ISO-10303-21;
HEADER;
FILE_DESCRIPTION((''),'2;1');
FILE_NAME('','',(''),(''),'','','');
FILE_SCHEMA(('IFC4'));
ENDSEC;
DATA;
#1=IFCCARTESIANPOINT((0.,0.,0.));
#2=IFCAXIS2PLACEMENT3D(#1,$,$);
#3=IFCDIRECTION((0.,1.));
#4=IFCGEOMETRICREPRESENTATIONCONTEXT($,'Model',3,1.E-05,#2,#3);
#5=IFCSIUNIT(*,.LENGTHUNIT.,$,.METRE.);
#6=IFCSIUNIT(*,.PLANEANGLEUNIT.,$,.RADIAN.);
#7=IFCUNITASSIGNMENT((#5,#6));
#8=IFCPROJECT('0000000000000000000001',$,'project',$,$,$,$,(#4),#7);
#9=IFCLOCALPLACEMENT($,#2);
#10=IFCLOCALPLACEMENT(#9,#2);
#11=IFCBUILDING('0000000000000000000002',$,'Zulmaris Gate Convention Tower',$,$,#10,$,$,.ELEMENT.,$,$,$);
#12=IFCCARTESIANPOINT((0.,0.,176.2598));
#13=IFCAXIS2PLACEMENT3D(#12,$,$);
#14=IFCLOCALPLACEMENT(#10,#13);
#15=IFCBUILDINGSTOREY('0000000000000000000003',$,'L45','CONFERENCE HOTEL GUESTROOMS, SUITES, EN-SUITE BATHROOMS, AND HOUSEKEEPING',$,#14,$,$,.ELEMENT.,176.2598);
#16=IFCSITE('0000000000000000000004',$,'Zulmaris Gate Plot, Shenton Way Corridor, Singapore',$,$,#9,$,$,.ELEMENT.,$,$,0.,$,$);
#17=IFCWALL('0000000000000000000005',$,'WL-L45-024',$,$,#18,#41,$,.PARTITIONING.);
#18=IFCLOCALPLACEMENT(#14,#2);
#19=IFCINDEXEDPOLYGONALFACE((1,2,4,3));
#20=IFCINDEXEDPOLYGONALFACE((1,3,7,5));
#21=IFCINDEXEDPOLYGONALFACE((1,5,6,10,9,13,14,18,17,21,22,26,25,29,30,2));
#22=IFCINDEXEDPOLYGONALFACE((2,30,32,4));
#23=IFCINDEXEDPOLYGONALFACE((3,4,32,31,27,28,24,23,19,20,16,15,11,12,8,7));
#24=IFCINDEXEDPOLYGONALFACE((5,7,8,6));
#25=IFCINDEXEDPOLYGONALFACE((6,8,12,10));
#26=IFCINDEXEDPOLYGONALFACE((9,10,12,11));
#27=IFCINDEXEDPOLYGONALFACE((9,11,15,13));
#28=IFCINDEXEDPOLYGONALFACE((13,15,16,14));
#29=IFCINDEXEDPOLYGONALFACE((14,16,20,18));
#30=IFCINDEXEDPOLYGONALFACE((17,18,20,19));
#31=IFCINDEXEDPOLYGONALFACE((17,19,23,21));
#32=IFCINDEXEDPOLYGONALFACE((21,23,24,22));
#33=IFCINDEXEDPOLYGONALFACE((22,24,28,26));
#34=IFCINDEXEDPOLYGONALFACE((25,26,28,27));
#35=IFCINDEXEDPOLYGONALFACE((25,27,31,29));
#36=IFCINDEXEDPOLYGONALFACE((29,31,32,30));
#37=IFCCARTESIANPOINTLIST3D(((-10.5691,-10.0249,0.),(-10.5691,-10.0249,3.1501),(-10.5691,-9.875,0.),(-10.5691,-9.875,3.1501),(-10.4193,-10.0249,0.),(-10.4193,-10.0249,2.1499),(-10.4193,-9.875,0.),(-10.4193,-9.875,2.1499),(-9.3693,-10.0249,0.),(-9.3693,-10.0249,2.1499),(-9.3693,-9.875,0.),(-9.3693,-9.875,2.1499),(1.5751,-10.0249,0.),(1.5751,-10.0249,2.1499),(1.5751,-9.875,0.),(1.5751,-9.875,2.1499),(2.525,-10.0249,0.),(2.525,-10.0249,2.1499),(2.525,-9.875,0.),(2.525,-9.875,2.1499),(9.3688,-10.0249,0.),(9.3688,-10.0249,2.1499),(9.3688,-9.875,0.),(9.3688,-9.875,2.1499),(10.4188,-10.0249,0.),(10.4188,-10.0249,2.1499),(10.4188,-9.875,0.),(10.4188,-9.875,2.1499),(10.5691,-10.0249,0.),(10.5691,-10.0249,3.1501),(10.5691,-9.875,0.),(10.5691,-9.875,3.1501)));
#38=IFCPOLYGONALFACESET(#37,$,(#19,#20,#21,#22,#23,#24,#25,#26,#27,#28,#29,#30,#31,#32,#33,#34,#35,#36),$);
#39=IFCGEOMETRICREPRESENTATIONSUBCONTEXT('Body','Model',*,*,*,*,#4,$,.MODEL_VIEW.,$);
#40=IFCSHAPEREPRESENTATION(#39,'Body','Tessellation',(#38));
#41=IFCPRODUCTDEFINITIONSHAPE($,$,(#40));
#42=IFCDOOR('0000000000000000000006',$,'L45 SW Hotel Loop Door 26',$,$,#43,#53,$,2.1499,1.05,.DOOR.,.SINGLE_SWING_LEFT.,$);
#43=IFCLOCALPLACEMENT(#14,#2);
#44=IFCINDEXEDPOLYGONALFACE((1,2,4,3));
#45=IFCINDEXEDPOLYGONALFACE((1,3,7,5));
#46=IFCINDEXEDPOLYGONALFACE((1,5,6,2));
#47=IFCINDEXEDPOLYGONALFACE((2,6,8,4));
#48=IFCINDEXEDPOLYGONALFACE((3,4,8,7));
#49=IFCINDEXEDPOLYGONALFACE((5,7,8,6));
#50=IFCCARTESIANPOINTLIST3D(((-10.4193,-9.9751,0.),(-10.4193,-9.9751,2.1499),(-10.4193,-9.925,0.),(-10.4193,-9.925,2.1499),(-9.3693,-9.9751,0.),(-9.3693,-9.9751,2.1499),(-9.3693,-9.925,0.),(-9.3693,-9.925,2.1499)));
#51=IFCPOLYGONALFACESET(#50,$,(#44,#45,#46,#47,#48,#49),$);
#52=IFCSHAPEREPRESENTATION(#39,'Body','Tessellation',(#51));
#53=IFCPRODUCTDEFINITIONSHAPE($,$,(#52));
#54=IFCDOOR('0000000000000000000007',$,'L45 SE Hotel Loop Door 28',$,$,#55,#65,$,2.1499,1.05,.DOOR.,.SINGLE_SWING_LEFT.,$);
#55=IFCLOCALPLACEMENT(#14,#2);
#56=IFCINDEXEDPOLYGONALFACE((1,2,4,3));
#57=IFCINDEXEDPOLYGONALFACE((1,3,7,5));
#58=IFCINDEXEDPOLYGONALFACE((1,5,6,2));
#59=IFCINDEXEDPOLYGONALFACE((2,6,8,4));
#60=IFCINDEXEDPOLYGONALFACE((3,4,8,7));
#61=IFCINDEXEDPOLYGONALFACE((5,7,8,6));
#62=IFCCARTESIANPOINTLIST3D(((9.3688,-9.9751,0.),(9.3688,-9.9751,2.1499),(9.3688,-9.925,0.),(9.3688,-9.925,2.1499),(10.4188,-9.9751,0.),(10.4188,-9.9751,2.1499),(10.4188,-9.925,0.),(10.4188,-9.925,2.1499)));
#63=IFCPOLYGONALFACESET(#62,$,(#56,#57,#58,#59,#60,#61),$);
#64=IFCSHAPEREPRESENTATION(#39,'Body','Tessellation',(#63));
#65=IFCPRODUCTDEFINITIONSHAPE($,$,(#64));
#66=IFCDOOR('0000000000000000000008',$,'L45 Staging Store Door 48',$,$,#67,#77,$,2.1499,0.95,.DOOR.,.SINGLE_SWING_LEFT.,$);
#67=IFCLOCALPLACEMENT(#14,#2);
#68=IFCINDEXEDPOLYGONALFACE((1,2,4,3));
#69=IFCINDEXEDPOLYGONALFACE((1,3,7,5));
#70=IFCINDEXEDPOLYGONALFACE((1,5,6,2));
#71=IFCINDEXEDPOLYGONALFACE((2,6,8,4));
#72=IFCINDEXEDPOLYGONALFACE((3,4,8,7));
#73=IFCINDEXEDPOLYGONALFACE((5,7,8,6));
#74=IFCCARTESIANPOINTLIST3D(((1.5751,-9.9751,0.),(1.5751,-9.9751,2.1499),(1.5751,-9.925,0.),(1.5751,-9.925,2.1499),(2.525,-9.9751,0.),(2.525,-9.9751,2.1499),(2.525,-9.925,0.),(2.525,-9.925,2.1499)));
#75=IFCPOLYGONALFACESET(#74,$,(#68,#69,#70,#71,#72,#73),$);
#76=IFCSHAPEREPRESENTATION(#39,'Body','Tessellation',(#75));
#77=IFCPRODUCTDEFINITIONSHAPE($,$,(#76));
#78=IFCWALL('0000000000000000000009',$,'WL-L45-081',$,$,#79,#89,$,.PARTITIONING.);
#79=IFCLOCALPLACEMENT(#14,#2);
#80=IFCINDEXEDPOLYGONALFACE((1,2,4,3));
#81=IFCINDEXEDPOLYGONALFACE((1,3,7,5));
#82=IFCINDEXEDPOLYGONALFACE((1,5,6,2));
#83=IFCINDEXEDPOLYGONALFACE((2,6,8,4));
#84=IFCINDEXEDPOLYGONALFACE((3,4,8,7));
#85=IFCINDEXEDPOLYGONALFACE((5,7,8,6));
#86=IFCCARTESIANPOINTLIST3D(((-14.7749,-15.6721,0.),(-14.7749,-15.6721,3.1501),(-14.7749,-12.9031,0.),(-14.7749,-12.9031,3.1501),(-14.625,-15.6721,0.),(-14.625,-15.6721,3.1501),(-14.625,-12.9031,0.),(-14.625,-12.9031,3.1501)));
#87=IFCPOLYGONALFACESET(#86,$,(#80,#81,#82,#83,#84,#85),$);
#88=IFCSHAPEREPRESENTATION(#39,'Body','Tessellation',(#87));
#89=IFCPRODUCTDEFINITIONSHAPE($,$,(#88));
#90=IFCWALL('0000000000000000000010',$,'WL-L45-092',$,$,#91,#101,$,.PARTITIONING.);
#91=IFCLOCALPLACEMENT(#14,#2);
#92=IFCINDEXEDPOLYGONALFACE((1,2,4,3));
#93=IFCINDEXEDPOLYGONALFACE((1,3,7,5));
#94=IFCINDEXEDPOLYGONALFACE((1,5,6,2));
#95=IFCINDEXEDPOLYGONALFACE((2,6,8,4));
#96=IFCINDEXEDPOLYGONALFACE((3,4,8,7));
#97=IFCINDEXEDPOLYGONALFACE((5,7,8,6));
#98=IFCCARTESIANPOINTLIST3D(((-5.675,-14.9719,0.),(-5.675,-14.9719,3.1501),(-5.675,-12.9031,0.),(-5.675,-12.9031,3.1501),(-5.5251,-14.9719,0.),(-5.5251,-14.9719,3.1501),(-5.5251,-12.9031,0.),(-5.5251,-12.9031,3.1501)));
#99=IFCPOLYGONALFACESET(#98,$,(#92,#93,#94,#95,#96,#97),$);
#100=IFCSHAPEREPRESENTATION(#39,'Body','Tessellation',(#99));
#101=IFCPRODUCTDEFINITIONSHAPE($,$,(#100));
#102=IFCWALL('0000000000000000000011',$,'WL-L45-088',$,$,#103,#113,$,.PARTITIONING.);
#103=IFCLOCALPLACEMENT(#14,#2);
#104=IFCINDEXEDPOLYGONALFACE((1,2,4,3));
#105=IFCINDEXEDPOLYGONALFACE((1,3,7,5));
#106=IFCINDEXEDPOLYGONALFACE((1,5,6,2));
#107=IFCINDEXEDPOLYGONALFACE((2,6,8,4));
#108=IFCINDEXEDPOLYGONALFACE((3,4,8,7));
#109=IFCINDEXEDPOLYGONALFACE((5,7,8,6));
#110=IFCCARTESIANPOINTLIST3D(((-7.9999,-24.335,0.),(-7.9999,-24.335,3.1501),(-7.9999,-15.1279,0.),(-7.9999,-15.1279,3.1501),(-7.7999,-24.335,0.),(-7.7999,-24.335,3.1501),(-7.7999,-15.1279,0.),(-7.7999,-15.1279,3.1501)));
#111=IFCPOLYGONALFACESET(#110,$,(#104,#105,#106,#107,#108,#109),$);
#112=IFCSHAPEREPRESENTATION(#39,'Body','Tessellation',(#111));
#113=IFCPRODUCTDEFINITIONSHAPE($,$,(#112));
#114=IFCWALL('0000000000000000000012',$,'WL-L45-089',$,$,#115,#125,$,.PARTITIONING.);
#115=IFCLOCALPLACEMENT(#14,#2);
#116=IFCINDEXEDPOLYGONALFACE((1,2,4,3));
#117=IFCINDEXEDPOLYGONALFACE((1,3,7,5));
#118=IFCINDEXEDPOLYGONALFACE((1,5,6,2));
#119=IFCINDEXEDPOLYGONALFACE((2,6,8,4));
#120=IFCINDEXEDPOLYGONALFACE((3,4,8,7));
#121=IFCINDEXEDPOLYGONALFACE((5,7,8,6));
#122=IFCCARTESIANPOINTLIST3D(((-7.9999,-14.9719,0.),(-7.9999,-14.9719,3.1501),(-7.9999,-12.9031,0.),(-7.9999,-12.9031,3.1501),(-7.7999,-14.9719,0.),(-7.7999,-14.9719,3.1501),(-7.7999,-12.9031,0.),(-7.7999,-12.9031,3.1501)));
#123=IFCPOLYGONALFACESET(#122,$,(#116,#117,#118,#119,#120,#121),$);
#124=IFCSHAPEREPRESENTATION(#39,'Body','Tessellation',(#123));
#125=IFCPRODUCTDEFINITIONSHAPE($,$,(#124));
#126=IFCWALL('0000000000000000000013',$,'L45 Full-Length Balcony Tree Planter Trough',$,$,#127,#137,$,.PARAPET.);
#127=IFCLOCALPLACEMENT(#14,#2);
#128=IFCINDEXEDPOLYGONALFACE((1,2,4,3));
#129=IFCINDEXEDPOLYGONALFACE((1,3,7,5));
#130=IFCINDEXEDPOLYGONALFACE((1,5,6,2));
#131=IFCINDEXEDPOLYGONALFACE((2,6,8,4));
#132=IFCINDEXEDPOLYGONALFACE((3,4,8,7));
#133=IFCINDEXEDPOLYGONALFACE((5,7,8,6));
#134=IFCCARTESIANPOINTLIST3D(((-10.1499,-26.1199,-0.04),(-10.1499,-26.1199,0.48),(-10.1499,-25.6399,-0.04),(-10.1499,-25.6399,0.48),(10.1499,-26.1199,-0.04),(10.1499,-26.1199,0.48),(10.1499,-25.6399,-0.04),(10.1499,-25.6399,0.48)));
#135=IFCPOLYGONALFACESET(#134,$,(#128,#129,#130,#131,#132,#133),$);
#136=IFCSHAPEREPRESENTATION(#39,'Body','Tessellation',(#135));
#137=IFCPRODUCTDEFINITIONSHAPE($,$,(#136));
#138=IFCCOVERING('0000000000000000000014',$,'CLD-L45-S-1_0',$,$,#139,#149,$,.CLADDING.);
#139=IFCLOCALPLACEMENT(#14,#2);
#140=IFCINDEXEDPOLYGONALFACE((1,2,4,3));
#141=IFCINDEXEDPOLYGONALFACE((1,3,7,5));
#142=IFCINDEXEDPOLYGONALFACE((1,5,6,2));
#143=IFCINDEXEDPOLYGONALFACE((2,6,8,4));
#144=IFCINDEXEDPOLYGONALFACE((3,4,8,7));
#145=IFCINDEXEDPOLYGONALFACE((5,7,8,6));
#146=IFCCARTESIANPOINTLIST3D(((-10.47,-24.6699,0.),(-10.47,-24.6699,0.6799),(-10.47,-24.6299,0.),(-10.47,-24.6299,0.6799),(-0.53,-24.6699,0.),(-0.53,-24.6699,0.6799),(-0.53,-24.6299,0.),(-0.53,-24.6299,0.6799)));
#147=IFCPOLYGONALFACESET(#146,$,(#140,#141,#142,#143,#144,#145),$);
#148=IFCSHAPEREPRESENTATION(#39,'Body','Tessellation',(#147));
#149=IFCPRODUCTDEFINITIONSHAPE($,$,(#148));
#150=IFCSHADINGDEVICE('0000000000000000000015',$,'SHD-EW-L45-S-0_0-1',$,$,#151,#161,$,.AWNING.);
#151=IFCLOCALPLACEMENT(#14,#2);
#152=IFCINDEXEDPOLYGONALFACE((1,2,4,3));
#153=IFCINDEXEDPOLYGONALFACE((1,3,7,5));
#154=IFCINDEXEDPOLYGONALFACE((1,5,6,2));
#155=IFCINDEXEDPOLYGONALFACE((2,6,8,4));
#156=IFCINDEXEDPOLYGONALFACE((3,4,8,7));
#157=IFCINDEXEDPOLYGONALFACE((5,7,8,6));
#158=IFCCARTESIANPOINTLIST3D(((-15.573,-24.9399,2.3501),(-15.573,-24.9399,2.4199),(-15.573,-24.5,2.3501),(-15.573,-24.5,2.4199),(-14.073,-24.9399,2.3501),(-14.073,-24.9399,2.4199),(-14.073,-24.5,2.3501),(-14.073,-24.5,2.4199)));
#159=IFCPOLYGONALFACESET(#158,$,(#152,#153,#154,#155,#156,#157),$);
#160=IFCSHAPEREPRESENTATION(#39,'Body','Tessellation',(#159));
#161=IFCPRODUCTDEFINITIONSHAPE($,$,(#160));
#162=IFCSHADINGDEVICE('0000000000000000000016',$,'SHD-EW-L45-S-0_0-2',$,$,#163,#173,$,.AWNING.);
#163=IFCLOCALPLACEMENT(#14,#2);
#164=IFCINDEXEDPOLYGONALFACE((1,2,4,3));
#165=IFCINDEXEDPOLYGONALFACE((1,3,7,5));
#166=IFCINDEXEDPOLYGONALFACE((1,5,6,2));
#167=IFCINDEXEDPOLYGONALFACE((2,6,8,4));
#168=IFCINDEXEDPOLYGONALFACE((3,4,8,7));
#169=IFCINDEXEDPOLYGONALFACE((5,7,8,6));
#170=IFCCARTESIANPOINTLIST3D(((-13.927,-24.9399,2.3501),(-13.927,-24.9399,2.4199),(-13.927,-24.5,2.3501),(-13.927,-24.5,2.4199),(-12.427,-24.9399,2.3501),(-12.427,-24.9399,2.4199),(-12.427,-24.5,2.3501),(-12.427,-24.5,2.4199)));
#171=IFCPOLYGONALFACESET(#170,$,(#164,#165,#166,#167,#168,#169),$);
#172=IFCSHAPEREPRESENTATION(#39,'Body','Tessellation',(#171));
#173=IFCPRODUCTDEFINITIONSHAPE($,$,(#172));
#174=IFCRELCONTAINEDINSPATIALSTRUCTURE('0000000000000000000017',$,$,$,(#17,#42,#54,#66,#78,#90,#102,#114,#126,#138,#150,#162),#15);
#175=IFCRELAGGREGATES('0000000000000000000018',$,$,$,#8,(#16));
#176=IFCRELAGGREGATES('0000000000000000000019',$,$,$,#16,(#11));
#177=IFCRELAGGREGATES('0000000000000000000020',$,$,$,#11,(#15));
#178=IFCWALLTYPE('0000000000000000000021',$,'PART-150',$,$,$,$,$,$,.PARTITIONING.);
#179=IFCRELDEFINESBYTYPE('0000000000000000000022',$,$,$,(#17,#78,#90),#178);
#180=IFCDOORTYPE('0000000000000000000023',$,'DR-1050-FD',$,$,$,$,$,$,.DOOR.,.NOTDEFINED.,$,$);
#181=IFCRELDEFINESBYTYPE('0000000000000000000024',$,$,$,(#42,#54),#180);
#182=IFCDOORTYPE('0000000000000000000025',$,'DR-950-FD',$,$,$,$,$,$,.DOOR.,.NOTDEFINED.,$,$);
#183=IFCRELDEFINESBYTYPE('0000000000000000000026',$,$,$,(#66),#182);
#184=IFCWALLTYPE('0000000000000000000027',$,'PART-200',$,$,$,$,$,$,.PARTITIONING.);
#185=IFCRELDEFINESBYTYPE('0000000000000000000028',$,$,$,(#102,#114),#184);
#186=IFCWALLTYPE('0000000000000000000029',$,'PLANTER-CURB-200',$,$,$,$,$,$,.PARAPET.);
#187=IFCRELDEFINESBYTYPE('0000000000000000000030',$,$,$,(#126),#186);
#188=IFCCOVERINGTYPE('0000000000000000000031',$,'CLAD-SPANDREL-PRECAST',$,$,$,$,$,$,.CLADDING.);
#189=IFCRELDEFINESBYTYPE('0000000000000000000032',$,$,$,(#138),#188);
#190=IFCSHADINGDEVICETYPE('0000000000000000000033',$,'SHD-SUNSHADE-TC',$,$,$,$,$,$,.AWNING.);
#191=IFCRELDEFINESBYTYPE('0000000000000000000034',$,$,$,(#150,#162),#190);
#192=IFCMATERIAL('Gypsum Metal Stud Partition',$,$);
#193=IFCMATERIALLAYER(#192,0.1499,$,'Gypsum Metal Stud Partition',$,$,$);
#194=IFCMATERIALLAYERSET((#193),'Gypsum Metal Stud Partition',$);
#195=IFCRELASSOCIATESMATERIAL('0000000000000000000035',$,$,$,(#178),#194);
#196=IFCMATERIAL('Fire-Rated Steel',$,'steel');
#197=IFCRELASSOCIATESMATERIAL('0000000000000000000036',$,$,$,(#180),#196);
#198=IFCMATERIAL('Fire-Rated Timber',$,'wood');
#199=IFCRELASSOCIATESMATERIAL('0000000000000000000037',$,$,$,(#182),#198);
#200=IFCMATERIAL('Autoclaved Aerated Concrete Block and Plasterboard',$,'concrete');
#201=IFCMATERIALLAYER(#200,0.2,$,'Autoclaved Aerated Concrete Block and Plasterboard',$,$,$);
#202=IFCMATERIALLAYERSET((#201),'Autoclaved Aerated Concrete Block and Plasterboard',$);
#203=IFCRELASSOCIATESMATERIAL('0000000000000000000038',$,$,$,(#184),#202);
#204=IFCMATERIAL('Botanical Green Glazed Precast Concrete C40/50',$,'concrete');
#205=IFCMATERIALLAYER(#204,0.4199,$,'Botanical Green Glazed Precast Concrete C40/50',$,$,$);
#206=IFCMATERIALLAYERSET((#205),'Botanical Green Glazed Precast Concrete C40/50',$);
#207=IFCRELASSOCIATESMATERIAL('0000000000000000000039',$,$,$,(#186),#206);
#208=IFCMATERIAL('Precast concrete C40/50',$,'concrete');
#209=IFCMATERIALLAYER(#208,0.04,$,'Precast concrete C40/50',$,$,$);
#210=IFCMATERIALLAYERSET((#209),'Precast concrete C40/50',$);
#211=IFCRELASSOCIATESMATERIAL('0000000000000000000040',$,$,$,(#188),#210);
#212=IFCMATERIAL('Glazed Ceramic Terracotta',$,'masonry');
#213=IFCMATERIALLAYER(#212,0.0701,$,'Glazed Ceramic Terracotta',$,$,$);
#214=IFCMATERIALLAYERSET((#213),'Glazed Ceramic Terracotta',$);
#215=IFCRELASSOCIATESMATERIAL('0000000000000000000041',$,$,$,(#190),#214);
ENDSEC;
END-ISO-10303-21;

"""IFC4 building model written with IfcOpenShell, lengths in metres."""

from ifc_helpers import new_model, si_unit, direction, frame, frame_2d, origin, place, context, subcontext, project, spatial, rectangle, extrude, material, layer, layer_set, type_object, element, fill, save


model = new_model("IFC4")

# Units and contexts
model_context = context("Model", 3, precision=1e-05, world=origin(), true_north=direction((0.0, 1.0)))
body_context = subcontext(model_context, "Body", "Model", "MODEL_VIEW")
ifc_project = project(units=[si_unit("LENGTHUNIT", "METRE"), si_unit("PLANEANGLEUNIT", "RADIAN")], contexts=[model_context])

# Site, building, storey
site_placement = place(None, origin())
site = spatial("IfcSite", under=ifc_project, at=site_placement, Name="Zulmaris Gate Plot, Shenton Way Corridor, Singapore", CompositionType="ELEMENT", RefElevation=0.0)
building_placement = place(site_placement, origin())
building = spatial("IfcBuilding", under=site, at=building_placement, Name="Zulmaris Gate Convention Tower", CompositionType="ELEMENT")
storey_placement = place(building_placement, frame((0.0, 0.0, 176.2598)))
storey = spatial("IfcBuildingStorey", under=building, at=storey_placement, Name="L45", Description="CONFERENCE HOTEL GUESTROOMS, SUITES, EN-SUITE BATHROOMS, AND HOUSEKEEPING", CompositionType="ELEMENT", Elevation=176.2598)

# Shared definitions
ifc_material_1 = material(Name="Gypsum Metal Stud Partition")
ifc_layer_1 = layer(ifc_material_1, 0.1499, Name="Gypsum Metal Stud Partition")
ifc_layer_set_1 = layer_set([ifc_layer_1], Name="Gypsum Metal Stud Partition")
wall_type_1 = type_object("IfcWallType", Name="PART-150", PredefinedType="PARTITIONING", material=ifc_layer_set_1)

# Wall, openings, doors
wall_1_placement = place(storey_placement, frame((-10.5691, -9.95, 0.0), z_axis=(0.0, 0.0, 1.0), x_axis=(1.0, 0.0, 0.0)))
wall_1 = element("IfcWall", 1, at=wall_1_placement, inside=storey, type_object=wall_type_1, Name="WL-L45-024", PredefinedType="PARTITIONING", context=body_context, shape_type="SweptSolid", body=[
    extrude(rectangle(XDim=21.1382, YDim=0.1499, at=frame_2d((10.5691, 0.0))), origin(), (0.0, 0.0, 1.0), 3.1501),
])
opening_1_placement = place(wall_1_placement, frame((0.1499, 0.0, 0.0)))
opening_1 = element("IfcOpeningElement", 2, at=opening_1_placement, cuts=wall_1, PredefinedType="OPENING", context=body_context, shape_type="SweptSolid", body=[
    extrude(rectangle(XDim=1.05, YDim=2.1499, at=frame_2d((0.5249, 1.075))), frame((0.0, 0.085, 0.0), z_axis=(0.0, -1.0, 0.0), x_axis=(1.0, 0.0, 0.0)), (0.0, 0.0, 1.0), 0.1699),
])
opening_2_placement = place(wall_1_placement, frame((19.938, 0.0, 0.0)))
opening_2 = element("IfcOpeningElement", 3, at=opening_2_placement, cuts=wall_1, PredefinedType="OPENING", context=body_context, shape_type="SweptSolid", body=[
    extrude(rectangle(XDim=1.05, YDim=2.1499, at=frame_2d((0.5249, 1.075))), frame((0.0, 0.085, 0.0), z_axis=(0.0, -1.0, 0.0), x_axis=(1.0, 0.0, 0.0)), (0.0, 0.0, 1.0), 0.1699),
])
opening_3_placement = place(wall_1_placement, frame((12.144, 0.0, 0.0)))
opening_3 = element("IfcOpeningElement", 4, at=opening_3_placement, cuts=wall_1, PredefinedType="OPENING", context=body_context, shape_type="SweptSolid", body=[
    extrude(rectangle(XDim=0.95, YDim=2.1499, at=frame_2d((0.4751, 1.075))), frame((0.0, 0.085, 0.0), z_axis=(0.0, -1.0, 0.0), x_axis=(1.0, 0.0, 0.0)), (0.0, 0.0, 1.0), 0.1699),
])
ifc_material_2 = material(Name="Fire-Rated Steel", Category="steel")
door_type_1 = type_object("IfcDoorType", Name="DR-1050-FD", OperationType="NOTDEFINED", PredefinedType="DOOR", material=ifc_material_2)
door_1_placement = place(opening_1_placement, origin())
door_1 = element("IfcDoor", 5, at=door_1_placement, inside=storey, type_object=door_type_1, Name="L45 SW Hotel Loop Door 26", OperationType="SINGLE_SWING_LEFT", OverallHeight=2.1499, OverallWidth=1.05, PredefinedType="DOOR", context=body_context, shape_type="SweptSolid", body=[
    extrude(rectangle(XDim=1.05, YDim=2.1499, at=frame_2d((0.5249, 1.075))), frame((0.0, 0.0249, 0.0), z_axis=(0.0, -1.0, 0.0), x_axis=(1.0, 0.0, 0.0)), (0.0, 0.0, 1.0), 0.05),
])
fill(opening_1, door_1)
door_2_placement = place(opening_2_placement, origin())
door_2 = element("IfcDoor", 6, at=door_2_placement, inside=storey, type_object=door_type_1, Name="L45 SE Hotel Loop Door 28", OperationType="SINGLE_SWING_LEFT", OverallHeight=2.1499, OverallWidth=1.05, PredefinedType="DOOR", context=body_context, shape_type="SweptSolid", body=[
    extrude(rectangle(XDim=1.05, YDim=2.1499, at=frame_2d((0.5249, 1.075))), frame((0.0, 0.0249, 0.0), z_axis=(0.0, -1.0, 0.0), x_axis=(1.0, 0.0, 0.0)), (0.0, 0.0, 1.0), 0.05),
])
fill(opening_2, door_2)
ifc_material_3 = material(Name="Fire-Rated Timber", Category="wood")
door_type_2 = type_object("IfcDoorType", Name="DR-950-FD", OperationType="NOTDEFINED", PredefinedType="DOOR", material=ifc_material_3)
door_3_placement = place(opening_3_placement, origin())
door_3 = element("IfcDoor", 7, at=door_3_placement, inside=storey, type_object=door_type_2, Name="L45 Staging Store Door 48", OperationType="SINGLE_SWING_LEFT", OverallHeight=2.1499, OverallWidth=0.95, PredefinedType="DOOR", context=body_context, shape_type="SweptSolid", body=[
    extrude(rectangle(XDim=0.95, YDim=2.1499, at=frame_2d((0.4751, 1.075))), frame((0.0, 0.0249, 0.0), z_axis=(0.0, -1.0, 0.0), x_axis=(1.0, 0.0, 0.0)), (0.0, 0.0, 1.0), 0.05),
])
fill(opening_3, door_3)

# Walls
wall_2_placement = place(storey_placement, frame((-14.7, -15.6721, 0.0), z_axis=(0.0, 0.0, 1.0), x_axis=(0.0, 1.0, 0.0)))
element("IfcWall", 8, at=wall_2_placement, inside=storey, type_object=wall_type_1, Name="WL-L45-081", PredefinedType="PARTITIONING", context=body_context, shape_type="SweptSolid", body=[
    extrude(rectangle(XDim=2.769, YDim=0.1499, at=frame_2d((1.3845, 0.0))), origin(), (0.0, 0.0, 1.0), 3.1501),
])
wall_3_placement = place(storey_placement, frame((-5.6001, -14.9719, 0.0), z_axis=(0.0, 0.0, 1.0), x_axis=(0.0, 1.0, 0.0)))
element("IfcWall", 9, at=wall_3_placement, inside=storey, type_object=wall_type_1, Name="WL-L45-092", PredefinedType="PARTITIONING", context=body_context, shape_type="SweptSolid", body=[
    extrude(rectangle(XDim=2.0688, YDim=0.1499, at=frame_2d((1.0344, 0.0))), origin(), (0.0, 0.0, 1.0), 3.1501),
])
ifc_material_4 = material(Name="Autoclaved Aerated Concrete Block and Plasterboard", Category="concrete")
ifc_layer_2 = layer(ifc_material_4, 0.2, Name="Autoclaved Aerated Concrete Block and Plasterboard")
ifc_layer_set_2 = layer_set([ifc_layer_2], Name="Autoclaved Aerated Concrete Block and Plasterboard")
wall_type_2 = type_object("IfcWallType", Name="PART-200", PredefinedType="PARTITIONING", material=ifc_layer_set_2)
wall_4_placement = place(storey_placement, frame((-7.8999, -24.335, 0.0), z_axis=(0.0, 0.0, 1.0), x_axis=(0.0, 1.0, 0.0)))
element("IfcWall", 10, at=wall_4_placement, inside=storey, type_object=wall_type_2, Name="WL-L45-088", PredefinedType="PARTITIONING", context=body_context, shape_type="SweptSolid", body=[
    extrude(rectangle(XDim=9.207, YDim=0.2, at=frame_2d((4.6035, 0.0))), origin(), (0.0, 0.0, 1.0), 3.1501),
])
wall_5_placement = place(storey_placement, frame((-7.8999, -14.9719, 0.0), z_axis=(0.0, 0.0, 1.0), x_axis=(0.0, 1.0, 0.0)))
element("IfcWall", 11, at=wall_5_placement, inside=storey, type_object=wall_type_2, Name="WL-L45-089", PredefinedType="PARTITIONING", context=body_context, shape_type="SweptSolid", body=[
    extrude(rectangle(XDim=2.0688, YDim=0.2, at=frame_2d((1.0344, 0.0))), origin(), (0.0, 0.0, 1.0), 3.1501),
])
ifc_material_5 = material(Name="Botanical Green Glazed Precast Concrete C40/50", Category="concrete")
ifc_layer_3 = layer(ifc_material_5, 0.4199, Name="Botanical Green Glazed Precast Concrete C40/50")
ifc_layer_set_3 = layer_set([ifc_layer_3], Name="Botanical Green Glazed Precast Concrete C40/50")
wall_type_3 = type_object("IfcWallType", Name="PLANTER-CURB-200", PredefinedType="PARAPET", material=ifc_layer_set_3)
wall_6_placement = place(storey_placement, frame((-10.1499, -25.8799, -0.04), z_axis=(0.0, 0.0, 1.0), x_axis=(1.0, 0.0, 0.0)))
element("IfcWall", 12, at=wall_6_placement, inside=storey, type_object=wall_type_3, Name="L45 Full-Length Balcony Tree Planter Trough", PredefinedType="PARAPET", context=body_context, shape_type="SweptSolid", body=[
    extrude(rectangle(XDim=20.2998, YDim=0.48, at=frame_2d((10.1499, 0.0))), origin(), (0.0, 0.0, 1.0), 0.52),
])

# Shared definitions
ifc_material_6 = material(Name="Precast concrete C40/50", Category="concrete")

# Covering
ifc_layer_4 = layer(ifc_material_6, 0.04, Name="Precast concrete C40/50")
ifc_layer_set_4 = layer_set([ifc_layer_4], Name="Precast concrete C40/50")
covering_type = type_object("IfcCoveringType", Name="CLAD-SPANDREL-PRECAST", PredefinedType="CLADDING", material=ifc_layer_set_4)
covering_placement = place(storey_placement, frame((-10.47, -24.6499, 0.0), z_axis=(0.0, 0.0, 1.0), x_axis=(1.0, 0.0, 0.0)))
element("IfcCovering", 13, at=covering_placement, inside=storey, type_object=covering_type, Name="CLD-L45-S-1_0", PredefinedType="CLADDING", context=body_context, shape_type="SweptSolid", body=[
    extrude(rectangle(XDim=9.9399, YDim=0.04, at=frame_2d((4.97, 0.0))), origin(), (0.0, 0.0, 1.0), 0.6799),
])

# Shading devices
ifc_material_7 = material(Name="Glazed Ceramic Terracotta", Category="masonry")
ifc_layer_5 = layer(ifc_material_7, 0.0701, Name="Glazed Ceramic Terracotta")
ifc_layer_set_5 = layer_set([ifc_layer_5], Name="Glazed Ceramic Terracotta")
shading_device_type = type_object("IfcShadingDeviceType", Name="SHD-SUNSHADE-TC", PredefinedType="AWNING", material=ifc_layer_set_5)
for number, where, z_axis, x_axis, name in (
    (14, (-15.573, -24.72, 2.3501), (0.0, 0.0, 1.0), (1.0, 0.0, 0.0), "SHD-EW-L45-S-0_0-1"),
    (15, (-13.927, -24.72, 2.3501), (0.0, 0.0, 1.0), (1.0, 0.0, 0.0), "SHD-EW-L45-S-0_0-2"),
):
    element("IfcShadingDevice", number, at=place(storey_placement, frame(where, z_axis=z_axis, x_axis=x_axis)), inside=storey, type_object=shading_device_type, Name=name, PredefinedType="AWNING", context=body_context, shape_type="SweptSolid", body=[
        extrude(rectangle(XDim=1.5, YDim=0.4399, at=frame_2d((0.75, 0.0))), origin(), (0.0, 0.0, 1.0), 0.0698),
    ])

save(model, "model.ifc")
